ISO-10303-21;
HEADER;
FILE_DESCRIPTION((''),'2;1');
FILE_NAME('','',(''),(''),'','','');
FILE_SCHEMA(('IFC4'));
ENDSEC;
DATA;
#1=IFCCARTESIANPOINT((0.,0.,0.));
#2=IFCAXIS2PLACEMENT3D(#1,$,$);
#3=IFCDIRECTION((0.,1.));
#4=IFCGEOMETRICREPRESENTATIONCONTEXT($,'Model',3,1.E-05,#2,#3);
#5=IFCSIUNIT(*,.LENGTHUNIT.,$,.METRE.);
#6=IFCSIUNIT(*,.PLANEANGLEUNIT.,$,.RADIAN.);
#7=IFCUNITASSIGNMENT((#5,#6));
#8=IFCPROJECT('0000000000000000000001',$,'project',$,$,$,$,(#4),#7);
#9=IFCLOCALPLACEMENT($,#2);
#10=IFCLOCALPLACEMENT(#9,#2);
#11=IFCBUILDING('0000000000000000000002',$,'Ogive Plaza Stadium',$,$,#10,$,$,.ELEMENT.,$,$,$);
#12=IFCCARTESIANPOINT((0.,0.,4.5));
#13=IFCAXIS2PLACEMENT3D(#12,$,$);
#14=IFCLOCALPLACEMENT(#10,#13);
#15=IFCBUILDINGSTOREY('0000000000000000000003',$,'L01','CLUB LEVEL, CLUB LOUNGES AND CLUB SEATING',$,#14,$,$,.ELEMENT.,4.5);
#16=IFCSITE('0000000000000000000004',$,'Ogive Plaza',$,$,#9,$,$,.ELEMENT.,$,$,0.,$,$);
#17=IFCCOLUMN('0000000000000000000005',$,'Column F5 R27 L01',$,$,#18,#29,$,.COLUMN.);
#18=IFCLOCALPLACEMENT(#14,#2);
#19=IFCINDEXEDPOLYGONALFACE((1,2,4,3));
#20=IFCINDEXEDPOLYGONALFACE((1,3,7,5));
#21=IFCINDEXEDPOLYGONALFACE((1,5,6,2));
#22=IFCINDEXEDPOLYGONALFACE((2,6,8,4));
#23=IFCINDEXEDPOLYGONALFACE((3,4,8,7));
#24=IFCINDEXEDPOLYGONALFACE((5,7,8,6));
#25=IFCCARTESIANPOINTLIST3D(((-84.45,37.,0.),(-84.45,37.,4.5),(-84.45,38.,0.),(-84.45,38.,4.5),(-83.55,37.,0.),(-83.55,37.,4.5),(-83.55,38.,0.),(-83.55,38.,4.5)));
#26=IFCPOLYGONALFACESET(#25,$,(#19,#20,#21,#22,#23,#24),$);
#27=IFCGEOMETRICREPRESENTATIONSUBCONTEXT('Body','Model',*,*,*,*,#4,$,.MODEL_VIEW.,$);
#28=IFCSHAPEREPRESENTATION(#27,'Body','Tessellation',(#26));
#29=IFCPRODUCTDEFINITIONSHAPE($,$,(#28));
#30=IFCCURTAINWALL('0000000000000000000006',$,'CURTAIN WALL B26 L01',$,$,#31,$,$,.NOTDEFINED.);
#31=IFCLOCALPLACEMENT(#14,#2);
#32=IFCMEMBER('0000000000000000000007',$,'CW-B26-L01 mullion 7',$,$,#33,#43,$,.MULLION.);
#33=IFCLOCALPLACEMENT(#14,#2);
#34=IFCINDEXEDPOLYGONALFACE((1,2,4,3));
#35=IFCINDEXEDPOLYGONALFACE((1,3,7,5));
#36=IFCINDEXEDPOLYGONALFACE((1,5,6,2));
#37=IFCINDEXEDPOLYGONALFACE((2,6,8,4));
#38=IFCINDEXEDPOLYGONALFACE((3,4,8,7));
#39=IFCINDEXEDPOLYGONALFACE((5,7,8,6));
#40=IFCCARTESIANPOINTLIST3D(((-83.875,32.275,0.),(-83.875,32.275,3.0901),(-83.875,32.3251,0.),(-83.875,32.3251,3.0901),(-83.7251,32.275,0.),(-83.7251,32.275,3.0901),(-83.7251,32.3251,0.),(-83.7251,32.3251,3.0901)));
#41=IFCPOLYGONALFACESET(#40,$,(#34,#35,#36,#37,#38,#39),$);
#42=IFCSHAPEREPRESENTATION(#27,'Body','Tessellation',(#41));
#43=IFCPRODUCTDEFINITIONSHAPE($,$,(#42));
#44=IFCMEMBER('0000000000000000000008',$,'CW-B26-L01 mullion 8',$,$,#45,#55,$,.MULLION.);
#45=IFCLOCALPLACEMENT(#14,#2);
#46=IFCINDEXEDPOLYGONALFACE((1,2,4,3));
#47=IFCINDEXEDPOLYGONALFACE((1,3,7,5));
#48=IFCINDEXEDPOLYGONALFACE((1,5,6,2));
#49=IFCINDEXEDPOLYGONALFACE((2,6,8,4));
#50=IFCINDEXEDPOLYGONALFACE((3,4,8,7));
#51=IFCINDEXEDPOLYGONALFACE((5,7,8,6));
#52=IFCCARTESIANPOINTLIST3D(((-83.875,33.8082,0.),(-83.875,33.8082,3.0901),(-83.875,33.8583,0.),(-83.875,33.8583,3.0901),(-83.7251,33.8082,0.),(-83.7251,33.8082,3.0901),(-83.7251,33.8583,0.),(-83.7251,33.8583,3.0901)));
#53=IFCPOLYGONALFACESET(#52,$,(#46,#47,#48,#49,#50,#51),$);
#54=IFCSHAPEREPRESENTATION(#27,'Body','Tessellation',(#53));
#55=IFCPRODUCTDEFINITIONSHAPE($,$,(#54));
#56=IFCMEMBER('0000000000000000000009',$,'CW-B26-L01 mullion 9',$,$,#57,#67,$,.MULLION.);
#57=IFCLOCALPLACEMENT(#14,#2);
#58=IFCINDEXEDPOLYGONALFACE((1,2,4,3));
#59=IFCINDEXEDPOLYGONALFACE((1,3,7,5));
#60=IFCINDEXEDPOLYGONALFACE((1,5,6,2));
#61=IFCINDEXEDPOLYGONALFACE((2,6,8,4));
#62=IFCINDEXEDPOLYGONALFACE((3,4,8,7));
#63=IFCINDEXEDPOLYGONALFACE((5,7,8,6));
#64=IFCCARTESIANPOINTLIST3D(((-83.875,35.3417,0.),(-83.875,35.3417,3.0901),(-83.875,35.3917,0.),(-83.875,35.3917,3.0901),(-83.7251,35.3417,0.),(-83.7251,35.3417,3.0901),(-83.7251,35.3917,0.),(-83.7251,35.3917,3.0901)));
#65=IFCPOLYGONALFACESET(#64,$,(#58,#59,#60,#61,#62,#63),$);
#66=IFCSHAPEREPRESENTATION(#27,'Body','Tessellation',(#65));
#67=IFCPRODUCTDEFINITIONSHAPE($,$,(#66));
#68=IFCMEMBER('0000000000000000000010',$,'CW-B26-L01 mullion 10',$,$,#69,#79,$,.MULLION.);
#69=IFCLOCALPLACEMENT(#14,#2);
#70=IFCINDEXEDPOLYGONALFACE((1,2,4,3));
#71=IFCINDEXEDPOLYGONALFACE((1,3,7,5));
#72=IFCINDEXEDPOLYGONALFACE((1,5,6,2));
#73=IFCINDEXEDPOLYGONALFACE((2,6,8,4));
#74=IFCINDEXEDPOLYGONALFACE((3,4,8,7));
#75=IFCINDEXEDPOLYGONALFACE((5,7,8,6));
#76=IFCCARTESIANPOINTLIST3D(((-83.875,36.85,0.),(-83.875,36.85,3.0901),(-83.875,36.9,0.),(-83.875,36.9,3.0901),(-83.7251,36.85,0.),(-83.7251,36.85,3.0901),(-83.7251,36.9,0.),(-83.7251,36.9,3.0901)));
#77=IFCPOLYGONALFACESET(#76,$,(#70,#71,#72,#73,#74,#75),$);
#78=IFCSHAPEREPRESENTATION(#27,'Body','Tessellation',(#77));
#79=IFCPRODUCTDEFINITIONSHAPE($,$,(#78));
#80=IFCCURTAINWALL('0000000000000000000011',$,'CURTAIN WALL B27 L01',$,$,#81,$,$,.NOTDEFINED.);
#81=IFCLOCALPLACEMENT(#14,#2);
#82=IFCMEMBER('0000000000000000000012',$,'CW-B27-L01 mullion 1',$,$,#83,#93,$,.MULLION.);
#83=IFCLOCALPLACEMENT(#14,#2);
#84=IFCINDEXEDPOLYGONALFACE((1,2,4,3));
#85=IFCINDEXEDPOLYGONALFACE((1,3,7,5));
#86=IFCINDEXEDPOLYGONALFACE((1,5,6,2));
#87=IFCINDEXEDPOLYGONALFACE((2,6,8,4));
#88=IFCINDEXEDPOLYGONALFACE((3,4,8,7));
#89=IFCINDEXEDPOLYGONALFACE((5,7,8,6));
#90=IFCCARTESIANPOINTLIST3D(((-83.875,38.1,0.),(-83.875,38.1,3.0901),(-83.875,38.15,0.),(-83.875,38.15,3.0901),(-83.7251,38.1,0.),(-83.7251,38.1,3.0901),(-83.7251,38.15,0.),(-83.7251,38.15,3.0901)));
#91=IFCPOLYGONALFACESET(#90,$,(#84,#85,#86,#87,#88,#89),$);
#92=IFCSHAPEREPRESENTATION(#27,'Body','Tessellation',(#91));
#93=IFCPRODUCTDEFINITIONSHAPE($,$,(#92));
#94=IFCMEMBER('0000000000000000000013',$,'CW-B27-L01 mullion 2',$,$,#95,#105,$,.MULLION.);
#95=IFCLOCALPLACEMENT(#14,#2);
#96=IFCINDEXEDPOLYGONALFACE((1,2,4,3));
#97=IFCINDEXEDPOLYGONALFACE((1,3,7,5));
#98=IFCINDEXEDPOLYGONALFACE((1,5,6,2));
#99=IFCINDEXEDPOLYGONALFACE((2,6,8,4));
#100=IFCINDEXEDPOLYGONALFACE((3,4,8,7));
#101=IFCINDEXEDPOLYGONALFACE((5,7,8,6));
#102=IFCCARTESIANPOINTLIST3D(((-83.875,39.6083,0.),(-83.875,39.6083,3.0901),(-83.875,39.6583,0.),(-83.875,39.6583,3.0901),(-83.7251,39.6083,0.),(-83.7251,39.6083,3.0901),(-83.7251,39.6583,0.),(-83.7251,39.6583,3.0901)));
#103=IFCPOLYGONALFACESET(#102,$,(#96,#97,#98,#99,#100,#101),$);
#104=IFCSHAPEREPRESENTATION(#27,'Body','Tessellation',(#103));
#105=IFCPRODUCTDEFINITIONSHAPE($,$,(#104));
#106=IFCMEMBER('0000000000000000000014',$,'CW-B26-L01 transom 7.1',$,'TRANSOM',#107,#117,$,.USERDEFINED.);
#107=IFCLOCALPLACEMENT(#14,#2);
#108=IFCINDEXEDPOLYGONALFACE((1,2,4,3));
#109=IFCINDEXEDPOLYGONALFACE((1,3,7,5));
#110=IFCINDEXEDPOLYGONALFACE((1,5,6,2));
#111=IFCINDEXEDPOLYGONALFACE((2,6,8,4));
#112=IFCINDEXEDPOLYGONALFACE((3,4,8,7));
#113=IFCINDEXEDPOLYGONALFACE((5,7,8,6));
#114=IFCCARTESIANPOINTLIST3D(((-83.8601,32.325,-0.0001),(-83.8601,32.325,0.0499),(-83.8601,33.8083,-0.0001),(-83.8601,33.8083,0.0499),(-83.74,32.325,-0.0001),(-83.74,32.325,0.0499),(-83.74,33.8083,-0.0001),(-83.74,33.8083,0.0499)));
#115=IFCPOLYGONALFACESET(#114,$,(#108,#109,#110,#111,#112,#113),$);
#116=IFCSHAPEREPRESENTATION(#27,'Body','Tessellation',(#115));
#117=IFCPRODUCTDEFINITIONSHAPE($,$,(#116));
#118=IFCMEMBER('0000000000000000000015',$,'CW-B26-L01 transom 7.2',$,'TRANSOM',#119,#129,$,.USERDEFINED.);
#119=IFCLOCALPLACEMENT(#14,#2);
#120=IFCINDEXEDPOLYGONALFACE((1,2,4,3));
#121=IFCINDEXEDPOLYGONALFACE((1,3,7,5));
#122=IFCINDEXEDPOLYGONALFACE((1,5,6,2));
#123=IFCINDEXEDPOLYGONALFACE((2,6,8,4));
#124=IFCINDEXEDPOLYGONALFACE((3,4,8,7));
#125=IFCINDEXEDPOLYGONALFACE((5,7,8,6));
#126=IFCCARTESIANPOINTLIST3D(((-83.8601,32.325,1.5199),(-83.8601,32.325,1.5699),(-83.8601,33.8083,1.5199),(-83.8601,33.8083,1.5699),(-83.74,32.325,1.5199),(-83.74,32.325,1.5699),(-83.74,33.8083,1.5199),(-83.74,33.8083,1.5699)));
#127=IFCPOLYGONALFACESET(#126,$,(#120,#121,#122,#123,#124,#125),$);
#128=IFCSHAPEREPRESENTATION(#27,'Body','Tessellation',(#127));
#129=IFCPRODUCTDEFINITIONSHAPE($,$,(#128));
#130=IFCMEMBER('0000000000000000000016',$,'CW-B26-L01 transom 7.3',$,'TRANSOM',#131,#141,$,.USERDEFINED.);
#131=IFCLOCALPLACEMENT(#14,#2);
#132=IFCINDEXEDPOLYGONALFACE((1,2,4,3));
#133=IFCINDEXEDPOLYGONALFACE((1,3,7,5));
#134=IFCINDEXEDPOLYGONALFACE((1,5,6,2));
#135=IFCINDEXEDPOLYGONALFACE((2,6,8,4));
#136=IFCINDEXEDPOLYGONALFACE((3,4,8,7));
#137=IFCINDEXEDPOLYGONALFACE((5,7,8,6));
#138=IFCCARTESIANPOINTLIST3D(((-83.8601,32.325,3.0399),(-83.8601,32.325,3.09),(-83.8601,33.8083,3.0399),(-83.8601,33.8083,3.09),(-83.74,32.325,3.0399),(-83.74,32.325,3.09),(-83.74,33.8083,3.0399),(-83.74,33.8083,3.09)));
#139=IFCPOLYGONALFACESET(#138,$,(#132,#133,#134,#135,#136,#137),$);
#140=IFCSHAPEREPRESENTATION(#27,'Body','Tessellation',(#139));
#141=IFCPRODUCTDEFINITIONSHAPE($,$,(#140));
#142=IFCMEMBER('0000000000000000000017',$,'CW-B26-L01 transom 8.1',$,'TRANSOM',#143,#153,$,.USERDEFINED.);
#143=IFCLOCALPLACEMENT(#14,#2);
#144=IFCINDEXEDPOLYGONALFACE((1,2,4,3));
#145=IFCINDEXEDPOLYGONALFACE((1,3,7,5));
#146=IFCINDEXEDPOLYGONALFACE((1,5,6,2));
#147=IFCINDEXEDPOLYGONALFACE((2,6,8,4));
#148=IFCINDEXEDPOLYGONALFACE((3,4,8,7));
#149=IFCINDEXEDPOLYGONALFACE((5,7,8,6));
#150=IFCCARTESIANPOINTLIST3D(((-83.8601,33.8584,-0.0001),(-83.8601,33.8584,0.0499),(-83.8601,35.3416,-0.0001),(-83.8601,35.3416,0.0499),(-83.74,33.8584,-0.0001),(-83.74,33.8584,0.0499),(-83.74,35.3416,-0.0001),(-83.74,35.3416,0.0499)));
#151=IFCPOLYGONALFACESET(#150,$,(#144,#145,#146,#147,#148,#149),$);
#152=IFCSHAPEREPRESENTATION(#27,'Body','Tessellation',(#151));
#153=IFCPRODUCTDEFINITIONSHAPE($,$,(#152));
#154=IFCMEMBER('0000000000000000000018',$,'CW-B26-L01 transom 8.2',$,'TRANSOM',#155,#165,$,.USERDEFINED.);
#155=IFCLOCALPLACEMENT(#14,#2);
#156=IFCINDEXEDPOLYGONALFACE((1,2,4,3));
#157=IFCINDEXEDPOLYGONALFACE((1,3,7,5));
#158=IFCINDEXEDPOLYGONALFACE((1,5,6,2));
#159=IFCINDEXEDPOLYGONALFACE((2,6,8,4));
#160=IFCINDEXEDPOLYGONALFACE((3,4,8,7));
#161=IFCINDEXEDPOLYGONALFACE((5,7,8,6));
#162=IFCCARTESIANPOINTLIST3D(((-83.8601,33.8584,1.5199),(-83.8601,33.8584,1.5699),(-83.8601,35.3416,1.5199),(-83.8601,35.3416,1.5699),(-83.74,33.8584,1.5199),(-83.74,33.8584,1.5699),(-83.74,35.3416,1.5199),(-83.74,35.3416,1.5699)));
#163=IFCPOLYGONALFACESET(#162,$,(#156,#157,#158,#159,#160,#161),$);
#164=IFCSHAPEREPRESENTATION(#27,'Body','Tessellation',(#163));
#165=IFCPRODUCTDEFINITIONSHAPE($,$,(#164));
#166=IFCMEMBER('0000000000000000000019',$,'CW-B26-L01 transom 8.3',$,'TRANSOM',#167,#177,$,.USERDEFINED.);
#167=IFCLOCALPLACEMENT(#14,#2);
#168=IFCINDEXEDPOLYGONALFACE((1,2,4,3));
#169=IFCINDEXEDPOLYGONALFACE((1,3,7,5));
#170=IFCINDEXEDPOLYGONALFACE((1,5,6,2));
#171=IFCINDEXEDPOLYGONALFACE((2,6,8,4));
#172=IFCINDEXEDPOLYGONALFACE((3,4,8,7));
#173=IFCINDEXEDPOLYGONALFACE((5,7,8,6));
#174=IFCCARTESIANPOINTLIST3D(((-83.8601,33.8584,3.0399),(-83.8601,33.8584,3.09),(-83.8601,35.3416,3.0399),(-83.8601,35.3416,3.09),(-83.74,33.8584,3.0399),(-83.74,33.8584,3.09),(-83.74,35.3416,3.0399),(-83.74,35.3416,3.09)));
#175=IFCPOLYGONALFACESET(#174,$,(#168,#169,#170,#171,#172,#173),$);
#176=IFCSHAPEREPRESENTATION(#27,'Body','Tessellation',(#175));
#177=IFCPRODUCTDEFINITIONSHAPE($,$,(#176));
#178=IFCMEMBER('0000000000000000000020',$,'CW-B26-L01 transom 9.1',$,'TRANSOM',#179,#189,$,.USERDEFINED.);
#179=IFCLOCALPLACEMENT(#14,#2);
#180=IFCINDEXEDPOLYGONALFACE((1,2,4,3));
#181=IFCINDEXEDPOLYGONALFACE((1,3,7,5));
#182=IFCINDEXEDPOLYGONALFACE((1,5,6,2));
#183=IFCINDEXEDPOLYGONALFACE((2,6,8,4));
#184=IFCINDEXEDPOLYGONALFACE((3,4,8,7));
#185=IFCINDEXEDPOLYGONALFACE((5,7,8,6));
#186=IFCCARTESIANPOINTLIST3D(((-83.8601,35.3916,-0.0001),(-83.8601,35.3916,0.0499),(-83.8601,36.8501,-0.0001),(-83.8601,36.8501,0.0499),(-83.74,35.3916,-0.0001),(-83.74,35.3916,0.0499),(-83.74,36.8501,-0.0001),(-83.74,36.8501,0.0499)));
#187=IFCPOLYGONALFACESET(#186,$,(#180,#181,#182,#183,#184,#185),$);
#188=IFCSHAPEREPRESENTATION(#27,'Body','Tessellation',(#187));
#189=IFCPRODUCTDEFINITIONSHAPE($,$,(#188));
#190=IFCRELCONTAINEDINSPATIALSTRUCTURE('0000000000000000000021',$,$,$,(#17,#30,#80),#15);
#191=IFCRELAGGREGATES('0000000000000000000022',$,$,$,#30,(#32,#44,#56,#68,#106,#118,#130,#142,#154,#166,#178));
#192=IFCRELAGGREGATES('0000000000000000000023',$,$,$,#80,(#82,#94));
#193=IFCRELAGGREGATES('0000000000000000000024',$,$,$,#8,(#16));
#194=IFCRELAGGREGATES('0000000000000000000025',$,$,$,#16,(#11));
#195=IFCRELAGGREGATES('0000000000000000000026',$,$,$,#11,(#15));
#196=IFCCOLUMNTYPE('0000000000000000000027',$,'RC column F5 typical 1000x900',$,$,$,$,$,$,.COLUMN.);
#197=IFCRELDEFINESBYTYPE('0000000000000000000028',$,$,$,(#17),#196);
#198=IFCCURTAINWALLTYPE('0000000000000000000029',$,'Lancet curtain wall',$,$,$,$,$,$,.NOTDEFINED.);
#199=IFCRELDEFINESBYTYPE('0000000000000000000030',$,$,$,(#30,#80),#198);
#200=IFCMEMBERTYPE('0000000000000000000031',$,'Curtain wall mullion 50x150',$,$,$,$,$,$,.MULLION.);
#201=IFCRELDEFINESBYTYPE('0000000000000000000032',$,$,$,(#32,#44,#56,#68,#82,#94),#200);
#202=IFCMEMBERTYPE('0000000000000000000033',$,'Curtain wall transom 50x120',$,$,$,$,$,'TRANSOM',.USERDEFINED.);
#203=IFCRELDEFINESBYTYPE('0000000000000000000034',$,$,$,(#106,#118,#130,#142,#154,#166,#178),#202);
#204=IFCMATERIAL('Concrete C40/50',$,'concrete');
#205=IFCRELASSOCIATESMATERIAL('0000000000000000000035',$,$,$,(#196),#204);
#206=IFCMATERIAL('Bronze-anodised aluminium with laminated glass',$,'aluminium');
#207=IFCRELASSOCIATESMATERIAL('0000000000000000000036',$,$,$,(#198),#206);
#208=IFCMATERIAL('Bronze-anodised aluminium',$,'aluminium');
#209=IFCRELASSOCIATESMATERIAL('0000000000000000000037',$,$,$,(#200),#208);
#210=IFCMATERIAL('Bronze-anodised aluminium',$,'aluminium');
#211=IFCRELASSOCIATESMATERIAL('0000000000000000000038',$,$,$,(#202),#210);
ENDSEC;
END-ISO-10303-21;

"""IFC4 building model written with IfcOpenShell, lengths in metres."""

from ifc_helpers import new_model, si_unit, direction, frame, origin, origin_2d, place, context, subcontext, project, spatial, rectangle, extrude, material, material_profile, profile_set, type_object, element, aggregate, save


model = new_model("IFC4")

# Units and contexts
model_context = context("Model", 3, precision=1e-05, world=origin(), true_north=direction((0.0, 1.0)))
body_context = subcontext(model_context, "Body", "Model", "MODEL_VIEW")
ifc_project = project(units=[si_unit("LENGTHUNIT", "METRE"), si_unit("PLANEANGLEUNIT", "RADIAN")], contexts=[model_context])

# Site, building, storey
site_placement = place(None, origin())
site = spatial("IfcSite", under=ifc_project, at=site_placement, Name="Ogive Plaza", CompositionType="ELEMENT", RefElevation=0.0)
building_placement = place(site_placement, origin())
building = spatial("IfcBuilding", under=site, at=building_placement, Name="Ogive Plaza Stadium", CompositionType="ELEMENT")
storey_placement = place(building_placement, frame((0.0, 0.0, 4.5)))
storey = spatial("IfcBuildingStorey", under=building, at=storey_placement, Name="L01", Description="CLUB LEVEL, CLUB LOUNGES AND CLUB SEATING", CompositionType="ELEMENT", Elevation=4.5)

# Column
ifc_material_1 = material(Name="Concrete C40/50", Category="concrete")
ifc_material_profile_1 = material_profile(ifc_material_1, rectangle(XDim=1.0, YDim=0.8999, at=origin_2d()), Name="RC 1000x900")
ifc_profile_set_1 = profile_set([ifc_material_profile_1], Name="Concrete C40/50")
column_type = type_object("IfcColumnType", Name="RC column F5 typical 1000x900", PredefinedType="COLUMN", material=ifc_profile_set_1)
column_placement = place(storey_placement, frame((-84.0, 37.5, 0.0), z_axis=(0.0, 0.0, 1.0), x_axis=(0.0, -1.0, 0.0)))
element("IfcColumn", 1, at=column_placement, inside=storey, type_object=column_type, Name="Column F5 R27 L01", PredefinedType="COLUMN", context=body_context, shape_type="SweptSolid", body=[
    extrude(rectangle(XDim=1.0, YDim=0.8999, at=origin_2d()), origin(), (0.0, 0.0, 1.0), 4.5),
])

# Curtain walls, members
ifc_material_2 = material(Name="Bronze-anodised aluminium with laminated glass", Category="aluminium")
curtain_wall_type = type_object("IfcCurtainWallType", Name="Lancet curtain wall", PredefinedType="NOTDEFINED", material=ifc_material_2)
curtain_wall_1_placement = place(storey_placement, origin())
curtain_wall_1 = element("IfcCurtainWall", 2, at=curtain_wall_1_placement, inside=storey, type_object=curtain_wall_type, Name="CURTAIN WALL B26 L01", PredefinedType="NOTDEFINED")
ifc_material_3 = material(Name="Bronze-anodised aluminium", Category="aluminium")
ifc_material_profile_2 = material_profile(ifc_material_3, rectangle(XDim=0.1499, YDim=0.05, at=origin_2d()), Name="AL 150x50")
ifc_profile_set_2 = profile_set([ifc_material_profile_2], Name="Bronze-anodised aluminium")
member_type_1 = type_object("IfcMemberType", Name="Curtain wall mullion 50x150", PredefinedType="MULLION", material=ifc_profile_set_2)
member_1_placement = place(storey_placement, frame((-83.8, 32.3, 0.0), z_axis=(0.0, 0.0, 1.0), x_axis=(-1.0, 0.0, 0.0)))
member_1 = element("IfcMember", 3, at=member_1_placement, type_object=member_type_1, Name="CW-B26-L01 mullion 7", PredefinedType="MULLION", context=body_context, shape_type="SweptSolid", body=[
    extrude(rectangle(XDim=0.1499, YDim=0.05, at=origin_2d()), origin(), (0.0, 0.0, 1.0), 3.0901),
])
member_2_placement = place(storey_placement, frame((-83.8, 33.8333, 0.0), z_axis=(0.0, 0.0, 1.0), x_axis=(-1.0, 0.0, 0.0)))
member_2 = element("IfcMember", 4, at=member_2_placement, type_object=member_type_1, Name="CW-B26-L01 mullion 8", PredefinedType="MULLION", context=body_context, shape_type="SweptSolid", body=[
    extrude(rectangle(XDim=0.1499, YDim=0.05, at=origin_2d()), origin(), (0.0, 0.0, 1.0), 3.0901),
])
member_3_placement = place(storey_placement, frame((-83.8, 35.3667, 0.0), z_axis=(0.0, 0.0, 1.0), x_axis=(-1.0, 0.0, 0.0)))
member_3 = element("IfcMember", 5, at=member_3_placement, type_object=member_type_1, Name="CW-B26-L01 mullion 9", PredefinedType="MULLION", context=body_context, shape_type="SweptSolid", body=[
    extrude(rectangle(XDim=0.1499, YDim=0.05, at=origin_2d()), origin(), (0.0, 0.0, 1.0), 3.0901),
])
member_4_placement = place(storey_placement, frame((-83.8, 36.875, 0.0), z_axis=(0.0, 0.0, 1.0), x_axis=(-1.0, 0.0, 0.0)))
member_4 = element("IfcMember", 6, at=member_4_placement, type_object=member_type_1, Name="CW-B26-L01 mullion 10", PredefinedType="MULLION", context=body_context, shape_type="SweptSolid", body=[
    extrude(rectangle(XDim=0.1499, YDim=0.05, at=origin_2d()), origin(), (0.0, 0.0, 1.0), 3.0901),
])
curtain_wall_2_placement = place(storey_placement, origin())
curtain_wall_2 = element("IfcCurtainWall", 7, at=curtain_wall_2_placement, inside=storey, type_object=curtain_wall_type, Name="CURTAIN WALL B27 L01", PredefinedType="NOTDEFINED")
member_5_placement = place(storey_placement, frame((-83.8, 38.125, 0.0), z_axis=(0.0, 0.0, 1.0), x_axis=(-1.0, 0.0, 0.0)))
member_5 = element("IfcMember", 8, at=member_5_placement, type_object=member_type_1, Name="CW-B27-L01 mullion 1", PredefinedType="MULLION", context=body_context, shape_type="SweptSolid", body=[
    extrude(rectangle(XDim=0.1499, YDim=0.05, at=origin_2d()), origin(), (0.0, 0.0, 1.0), 3.0901),
])
member_6_placement = place(storey_placement, frame((-83.8, 39.6333, 0.0), z_axis=(0.0, 0.0, 1.0), x_axis=(-1.0, 0.0, 0.0)))
member_6 = element("IfcMember", 9, at=member_6_placement, type_object=member_type_1, Name="CW-B27-L01 mullion 2", PredefinedType="MULLION", context=body_context, shape_type="SweptSolid", body=[
    extrude(rectangle(XDim=0.1499, YDim=0.05, at=origin_2d()), origin(), (0.0, 0.0, 1.0), 3.0901),
])

# Members
ifc_material_4 = material(Name="Bronze-anodised aluminium", Category="aluminium")
ifc_material_profile_3 = material_profile(ifc_material_4, rectangle(XDim=0.1201, YDim=0.05, at=origin_2d()), Name="AL 120x50")
ifc_profile_set_3 = profile_set([ifc_material_profile_3], Name="Bronze-anodised aluminium")
member_type_2 = type_object("IfcMemberType", Name="Curtain wall transom 50x120", ElementType="TRANSOM", PredefinedType="USERDEFINED", material=ifc_profile_set_3)
member_7_placement = place(storey_placement, frame((-83.8, 32.325, 0.0249), z_axis=(0.0, 1.0, 0.0), x_axis=(-1.0, 0.0, 0.0)))
member_7 = element("IfcMember", 10, at=member_7_placement, type_object=member_type_2, Name="CW-B26-L01 transom 7.1", ObjectType="TRANSOM", PredefinedType="USERDEFINED", context=body_context, shape_type="SweptSolid", body=[
    extrude(rectangle(XDim=0.1201, YDim=0.05, at=origin_2d()), origin(), (0.0, 0.0, 1.0), 1.4834),
])
member_8_placement = place(storey_placement, frame((-83.8, 32.325, 1.5449), z_axis=(0.0, 1.0, 0.0), x_axis=(-1.0, 0.0, 0.0)))
member_8 = element("IfcMember", 11, at=member_8_placement, type_object=member_type_2, Name="CW-B26-L01 transom 7.2", ObjectType="TRANSOM", PredefinedType="USERDEFINED", context=body_context, shape_type="SweptSolid", body=[
    extrude(rectangle(XDim=0.1201, YDim=0.05, at=origin_2d()), origin(), (0.0, 0.0, 1.0), 1.4834),
])
member_9_placement = place(storey_placement, frame((-83.8, 32.325, 3.0649), z_axis=(0.0, 1.0, 0.0), x_axis=(-1.0, 0.0, 0.0)))
member_9 = element("IfcMember", 12, at=member_9_placement, type_object=member_type_2, Name="CW-B26-L01 transom 7.3", ObjectType="TRANSOM", PredefinedType="USERDEFINED", context=body_context, shape_type="SweptSolid", body=[
    extrude(rectangle(XDim=0.1201, YDim=0.05, at=origin_2d()), origin(), (0.0, 0.0, 1.0), 1.4834),
])
member_10_placement = place(storey_placement, frame((-83.8, 33.8584, 0.0249), z_axis=(0.0, 1.0, 0.0), x_axis=(-1.0, 0.0, 0.0)))
member_10 = element("IfcMember", 13, at=member_10_placement, type_object=member_type_2, Name="CW-B26-L01 transom 8.1", ObjectType="TRANSOM", PredefinedType="USERDEFINED", context=body_context, shape_type="SweptSolid", body=[
    extrude(rectangle(XDim=0.1201, YDim=0.05, at=origin_2d()), origin(), (0.0, 0.0, 1.0), 1.4832),
])
member_11_placement = place(storey_placement, frame((-83.8, 33.8584, 1.5449), z_axis=(0.0, 1.0, 0.0), x_axis=(-1.0, 0.0, 0.0)))
member_11 = element("IfcMember", 14, at=member_11_placement, type_object=member_type_2, Name="CW-B26-L01 transom 8.2", ObjectType="TRANSOM", PredefinedType="USERDEFINED", context=body_context, shape_type="SweptSolid", body=[
    extrude(rectangle(XDim=0.1201, YDim=0.05, at=origin_2d()), origin(), (0.0, 0.0, 1.0), 1.4832),
])
member_12_placement = place(storey_placement, frame((-83.8, 33.8584, 3.0649), z_axis=(0.0, 1.0, 0.0), x_axis=(-1.0, 0.0, 0.0)))
member_12 = element("IfcMember", 15, at=member_12_placement, type_object=member_type_2, Name="CW-B26-L01 transom 8.3", ObjectType="TRANSOM", PredefinedType="USERDEFINED", context=body_context, shape_type="SweptSolid", body=[
    extrude(rectangle(XDim=0.1201, YDim=0.05, at=origin_2d()), origin(), (0.0, 0.0, 1.0), 1.4832),
])
member_13_placement = place(storey_placement, frame((-83.8, 35.3916, 0.0249), z_axis=(0.0, 1.0, 0.0), x_axis=(-1.0, 0.0, 0.0)))
member_13 = element("IfcMember", 16, at=member_13_placement, type_object=member_type_2, Name="CW-B26-L01 transom 9.1", ObjectType="TRANSOM", PredefinedType="USERDEFINED", context=body_context, shape_type="SweptSolid", body=[
    extrude(rectangle(XDim=0.1201, YDim=0.05, at=origin_2d()), origin(), (0.0, 0.0, 1.0), 1.4585),
])

aggregate(curtain_wall_1, [member_1, member_2, member_3, member_4, member_7, member_8, member_9, member_10, member_11, member_12, member_13])
aggregate(curtain_wall_2, [member_5, member_6])

save(model, "model.ifc")
